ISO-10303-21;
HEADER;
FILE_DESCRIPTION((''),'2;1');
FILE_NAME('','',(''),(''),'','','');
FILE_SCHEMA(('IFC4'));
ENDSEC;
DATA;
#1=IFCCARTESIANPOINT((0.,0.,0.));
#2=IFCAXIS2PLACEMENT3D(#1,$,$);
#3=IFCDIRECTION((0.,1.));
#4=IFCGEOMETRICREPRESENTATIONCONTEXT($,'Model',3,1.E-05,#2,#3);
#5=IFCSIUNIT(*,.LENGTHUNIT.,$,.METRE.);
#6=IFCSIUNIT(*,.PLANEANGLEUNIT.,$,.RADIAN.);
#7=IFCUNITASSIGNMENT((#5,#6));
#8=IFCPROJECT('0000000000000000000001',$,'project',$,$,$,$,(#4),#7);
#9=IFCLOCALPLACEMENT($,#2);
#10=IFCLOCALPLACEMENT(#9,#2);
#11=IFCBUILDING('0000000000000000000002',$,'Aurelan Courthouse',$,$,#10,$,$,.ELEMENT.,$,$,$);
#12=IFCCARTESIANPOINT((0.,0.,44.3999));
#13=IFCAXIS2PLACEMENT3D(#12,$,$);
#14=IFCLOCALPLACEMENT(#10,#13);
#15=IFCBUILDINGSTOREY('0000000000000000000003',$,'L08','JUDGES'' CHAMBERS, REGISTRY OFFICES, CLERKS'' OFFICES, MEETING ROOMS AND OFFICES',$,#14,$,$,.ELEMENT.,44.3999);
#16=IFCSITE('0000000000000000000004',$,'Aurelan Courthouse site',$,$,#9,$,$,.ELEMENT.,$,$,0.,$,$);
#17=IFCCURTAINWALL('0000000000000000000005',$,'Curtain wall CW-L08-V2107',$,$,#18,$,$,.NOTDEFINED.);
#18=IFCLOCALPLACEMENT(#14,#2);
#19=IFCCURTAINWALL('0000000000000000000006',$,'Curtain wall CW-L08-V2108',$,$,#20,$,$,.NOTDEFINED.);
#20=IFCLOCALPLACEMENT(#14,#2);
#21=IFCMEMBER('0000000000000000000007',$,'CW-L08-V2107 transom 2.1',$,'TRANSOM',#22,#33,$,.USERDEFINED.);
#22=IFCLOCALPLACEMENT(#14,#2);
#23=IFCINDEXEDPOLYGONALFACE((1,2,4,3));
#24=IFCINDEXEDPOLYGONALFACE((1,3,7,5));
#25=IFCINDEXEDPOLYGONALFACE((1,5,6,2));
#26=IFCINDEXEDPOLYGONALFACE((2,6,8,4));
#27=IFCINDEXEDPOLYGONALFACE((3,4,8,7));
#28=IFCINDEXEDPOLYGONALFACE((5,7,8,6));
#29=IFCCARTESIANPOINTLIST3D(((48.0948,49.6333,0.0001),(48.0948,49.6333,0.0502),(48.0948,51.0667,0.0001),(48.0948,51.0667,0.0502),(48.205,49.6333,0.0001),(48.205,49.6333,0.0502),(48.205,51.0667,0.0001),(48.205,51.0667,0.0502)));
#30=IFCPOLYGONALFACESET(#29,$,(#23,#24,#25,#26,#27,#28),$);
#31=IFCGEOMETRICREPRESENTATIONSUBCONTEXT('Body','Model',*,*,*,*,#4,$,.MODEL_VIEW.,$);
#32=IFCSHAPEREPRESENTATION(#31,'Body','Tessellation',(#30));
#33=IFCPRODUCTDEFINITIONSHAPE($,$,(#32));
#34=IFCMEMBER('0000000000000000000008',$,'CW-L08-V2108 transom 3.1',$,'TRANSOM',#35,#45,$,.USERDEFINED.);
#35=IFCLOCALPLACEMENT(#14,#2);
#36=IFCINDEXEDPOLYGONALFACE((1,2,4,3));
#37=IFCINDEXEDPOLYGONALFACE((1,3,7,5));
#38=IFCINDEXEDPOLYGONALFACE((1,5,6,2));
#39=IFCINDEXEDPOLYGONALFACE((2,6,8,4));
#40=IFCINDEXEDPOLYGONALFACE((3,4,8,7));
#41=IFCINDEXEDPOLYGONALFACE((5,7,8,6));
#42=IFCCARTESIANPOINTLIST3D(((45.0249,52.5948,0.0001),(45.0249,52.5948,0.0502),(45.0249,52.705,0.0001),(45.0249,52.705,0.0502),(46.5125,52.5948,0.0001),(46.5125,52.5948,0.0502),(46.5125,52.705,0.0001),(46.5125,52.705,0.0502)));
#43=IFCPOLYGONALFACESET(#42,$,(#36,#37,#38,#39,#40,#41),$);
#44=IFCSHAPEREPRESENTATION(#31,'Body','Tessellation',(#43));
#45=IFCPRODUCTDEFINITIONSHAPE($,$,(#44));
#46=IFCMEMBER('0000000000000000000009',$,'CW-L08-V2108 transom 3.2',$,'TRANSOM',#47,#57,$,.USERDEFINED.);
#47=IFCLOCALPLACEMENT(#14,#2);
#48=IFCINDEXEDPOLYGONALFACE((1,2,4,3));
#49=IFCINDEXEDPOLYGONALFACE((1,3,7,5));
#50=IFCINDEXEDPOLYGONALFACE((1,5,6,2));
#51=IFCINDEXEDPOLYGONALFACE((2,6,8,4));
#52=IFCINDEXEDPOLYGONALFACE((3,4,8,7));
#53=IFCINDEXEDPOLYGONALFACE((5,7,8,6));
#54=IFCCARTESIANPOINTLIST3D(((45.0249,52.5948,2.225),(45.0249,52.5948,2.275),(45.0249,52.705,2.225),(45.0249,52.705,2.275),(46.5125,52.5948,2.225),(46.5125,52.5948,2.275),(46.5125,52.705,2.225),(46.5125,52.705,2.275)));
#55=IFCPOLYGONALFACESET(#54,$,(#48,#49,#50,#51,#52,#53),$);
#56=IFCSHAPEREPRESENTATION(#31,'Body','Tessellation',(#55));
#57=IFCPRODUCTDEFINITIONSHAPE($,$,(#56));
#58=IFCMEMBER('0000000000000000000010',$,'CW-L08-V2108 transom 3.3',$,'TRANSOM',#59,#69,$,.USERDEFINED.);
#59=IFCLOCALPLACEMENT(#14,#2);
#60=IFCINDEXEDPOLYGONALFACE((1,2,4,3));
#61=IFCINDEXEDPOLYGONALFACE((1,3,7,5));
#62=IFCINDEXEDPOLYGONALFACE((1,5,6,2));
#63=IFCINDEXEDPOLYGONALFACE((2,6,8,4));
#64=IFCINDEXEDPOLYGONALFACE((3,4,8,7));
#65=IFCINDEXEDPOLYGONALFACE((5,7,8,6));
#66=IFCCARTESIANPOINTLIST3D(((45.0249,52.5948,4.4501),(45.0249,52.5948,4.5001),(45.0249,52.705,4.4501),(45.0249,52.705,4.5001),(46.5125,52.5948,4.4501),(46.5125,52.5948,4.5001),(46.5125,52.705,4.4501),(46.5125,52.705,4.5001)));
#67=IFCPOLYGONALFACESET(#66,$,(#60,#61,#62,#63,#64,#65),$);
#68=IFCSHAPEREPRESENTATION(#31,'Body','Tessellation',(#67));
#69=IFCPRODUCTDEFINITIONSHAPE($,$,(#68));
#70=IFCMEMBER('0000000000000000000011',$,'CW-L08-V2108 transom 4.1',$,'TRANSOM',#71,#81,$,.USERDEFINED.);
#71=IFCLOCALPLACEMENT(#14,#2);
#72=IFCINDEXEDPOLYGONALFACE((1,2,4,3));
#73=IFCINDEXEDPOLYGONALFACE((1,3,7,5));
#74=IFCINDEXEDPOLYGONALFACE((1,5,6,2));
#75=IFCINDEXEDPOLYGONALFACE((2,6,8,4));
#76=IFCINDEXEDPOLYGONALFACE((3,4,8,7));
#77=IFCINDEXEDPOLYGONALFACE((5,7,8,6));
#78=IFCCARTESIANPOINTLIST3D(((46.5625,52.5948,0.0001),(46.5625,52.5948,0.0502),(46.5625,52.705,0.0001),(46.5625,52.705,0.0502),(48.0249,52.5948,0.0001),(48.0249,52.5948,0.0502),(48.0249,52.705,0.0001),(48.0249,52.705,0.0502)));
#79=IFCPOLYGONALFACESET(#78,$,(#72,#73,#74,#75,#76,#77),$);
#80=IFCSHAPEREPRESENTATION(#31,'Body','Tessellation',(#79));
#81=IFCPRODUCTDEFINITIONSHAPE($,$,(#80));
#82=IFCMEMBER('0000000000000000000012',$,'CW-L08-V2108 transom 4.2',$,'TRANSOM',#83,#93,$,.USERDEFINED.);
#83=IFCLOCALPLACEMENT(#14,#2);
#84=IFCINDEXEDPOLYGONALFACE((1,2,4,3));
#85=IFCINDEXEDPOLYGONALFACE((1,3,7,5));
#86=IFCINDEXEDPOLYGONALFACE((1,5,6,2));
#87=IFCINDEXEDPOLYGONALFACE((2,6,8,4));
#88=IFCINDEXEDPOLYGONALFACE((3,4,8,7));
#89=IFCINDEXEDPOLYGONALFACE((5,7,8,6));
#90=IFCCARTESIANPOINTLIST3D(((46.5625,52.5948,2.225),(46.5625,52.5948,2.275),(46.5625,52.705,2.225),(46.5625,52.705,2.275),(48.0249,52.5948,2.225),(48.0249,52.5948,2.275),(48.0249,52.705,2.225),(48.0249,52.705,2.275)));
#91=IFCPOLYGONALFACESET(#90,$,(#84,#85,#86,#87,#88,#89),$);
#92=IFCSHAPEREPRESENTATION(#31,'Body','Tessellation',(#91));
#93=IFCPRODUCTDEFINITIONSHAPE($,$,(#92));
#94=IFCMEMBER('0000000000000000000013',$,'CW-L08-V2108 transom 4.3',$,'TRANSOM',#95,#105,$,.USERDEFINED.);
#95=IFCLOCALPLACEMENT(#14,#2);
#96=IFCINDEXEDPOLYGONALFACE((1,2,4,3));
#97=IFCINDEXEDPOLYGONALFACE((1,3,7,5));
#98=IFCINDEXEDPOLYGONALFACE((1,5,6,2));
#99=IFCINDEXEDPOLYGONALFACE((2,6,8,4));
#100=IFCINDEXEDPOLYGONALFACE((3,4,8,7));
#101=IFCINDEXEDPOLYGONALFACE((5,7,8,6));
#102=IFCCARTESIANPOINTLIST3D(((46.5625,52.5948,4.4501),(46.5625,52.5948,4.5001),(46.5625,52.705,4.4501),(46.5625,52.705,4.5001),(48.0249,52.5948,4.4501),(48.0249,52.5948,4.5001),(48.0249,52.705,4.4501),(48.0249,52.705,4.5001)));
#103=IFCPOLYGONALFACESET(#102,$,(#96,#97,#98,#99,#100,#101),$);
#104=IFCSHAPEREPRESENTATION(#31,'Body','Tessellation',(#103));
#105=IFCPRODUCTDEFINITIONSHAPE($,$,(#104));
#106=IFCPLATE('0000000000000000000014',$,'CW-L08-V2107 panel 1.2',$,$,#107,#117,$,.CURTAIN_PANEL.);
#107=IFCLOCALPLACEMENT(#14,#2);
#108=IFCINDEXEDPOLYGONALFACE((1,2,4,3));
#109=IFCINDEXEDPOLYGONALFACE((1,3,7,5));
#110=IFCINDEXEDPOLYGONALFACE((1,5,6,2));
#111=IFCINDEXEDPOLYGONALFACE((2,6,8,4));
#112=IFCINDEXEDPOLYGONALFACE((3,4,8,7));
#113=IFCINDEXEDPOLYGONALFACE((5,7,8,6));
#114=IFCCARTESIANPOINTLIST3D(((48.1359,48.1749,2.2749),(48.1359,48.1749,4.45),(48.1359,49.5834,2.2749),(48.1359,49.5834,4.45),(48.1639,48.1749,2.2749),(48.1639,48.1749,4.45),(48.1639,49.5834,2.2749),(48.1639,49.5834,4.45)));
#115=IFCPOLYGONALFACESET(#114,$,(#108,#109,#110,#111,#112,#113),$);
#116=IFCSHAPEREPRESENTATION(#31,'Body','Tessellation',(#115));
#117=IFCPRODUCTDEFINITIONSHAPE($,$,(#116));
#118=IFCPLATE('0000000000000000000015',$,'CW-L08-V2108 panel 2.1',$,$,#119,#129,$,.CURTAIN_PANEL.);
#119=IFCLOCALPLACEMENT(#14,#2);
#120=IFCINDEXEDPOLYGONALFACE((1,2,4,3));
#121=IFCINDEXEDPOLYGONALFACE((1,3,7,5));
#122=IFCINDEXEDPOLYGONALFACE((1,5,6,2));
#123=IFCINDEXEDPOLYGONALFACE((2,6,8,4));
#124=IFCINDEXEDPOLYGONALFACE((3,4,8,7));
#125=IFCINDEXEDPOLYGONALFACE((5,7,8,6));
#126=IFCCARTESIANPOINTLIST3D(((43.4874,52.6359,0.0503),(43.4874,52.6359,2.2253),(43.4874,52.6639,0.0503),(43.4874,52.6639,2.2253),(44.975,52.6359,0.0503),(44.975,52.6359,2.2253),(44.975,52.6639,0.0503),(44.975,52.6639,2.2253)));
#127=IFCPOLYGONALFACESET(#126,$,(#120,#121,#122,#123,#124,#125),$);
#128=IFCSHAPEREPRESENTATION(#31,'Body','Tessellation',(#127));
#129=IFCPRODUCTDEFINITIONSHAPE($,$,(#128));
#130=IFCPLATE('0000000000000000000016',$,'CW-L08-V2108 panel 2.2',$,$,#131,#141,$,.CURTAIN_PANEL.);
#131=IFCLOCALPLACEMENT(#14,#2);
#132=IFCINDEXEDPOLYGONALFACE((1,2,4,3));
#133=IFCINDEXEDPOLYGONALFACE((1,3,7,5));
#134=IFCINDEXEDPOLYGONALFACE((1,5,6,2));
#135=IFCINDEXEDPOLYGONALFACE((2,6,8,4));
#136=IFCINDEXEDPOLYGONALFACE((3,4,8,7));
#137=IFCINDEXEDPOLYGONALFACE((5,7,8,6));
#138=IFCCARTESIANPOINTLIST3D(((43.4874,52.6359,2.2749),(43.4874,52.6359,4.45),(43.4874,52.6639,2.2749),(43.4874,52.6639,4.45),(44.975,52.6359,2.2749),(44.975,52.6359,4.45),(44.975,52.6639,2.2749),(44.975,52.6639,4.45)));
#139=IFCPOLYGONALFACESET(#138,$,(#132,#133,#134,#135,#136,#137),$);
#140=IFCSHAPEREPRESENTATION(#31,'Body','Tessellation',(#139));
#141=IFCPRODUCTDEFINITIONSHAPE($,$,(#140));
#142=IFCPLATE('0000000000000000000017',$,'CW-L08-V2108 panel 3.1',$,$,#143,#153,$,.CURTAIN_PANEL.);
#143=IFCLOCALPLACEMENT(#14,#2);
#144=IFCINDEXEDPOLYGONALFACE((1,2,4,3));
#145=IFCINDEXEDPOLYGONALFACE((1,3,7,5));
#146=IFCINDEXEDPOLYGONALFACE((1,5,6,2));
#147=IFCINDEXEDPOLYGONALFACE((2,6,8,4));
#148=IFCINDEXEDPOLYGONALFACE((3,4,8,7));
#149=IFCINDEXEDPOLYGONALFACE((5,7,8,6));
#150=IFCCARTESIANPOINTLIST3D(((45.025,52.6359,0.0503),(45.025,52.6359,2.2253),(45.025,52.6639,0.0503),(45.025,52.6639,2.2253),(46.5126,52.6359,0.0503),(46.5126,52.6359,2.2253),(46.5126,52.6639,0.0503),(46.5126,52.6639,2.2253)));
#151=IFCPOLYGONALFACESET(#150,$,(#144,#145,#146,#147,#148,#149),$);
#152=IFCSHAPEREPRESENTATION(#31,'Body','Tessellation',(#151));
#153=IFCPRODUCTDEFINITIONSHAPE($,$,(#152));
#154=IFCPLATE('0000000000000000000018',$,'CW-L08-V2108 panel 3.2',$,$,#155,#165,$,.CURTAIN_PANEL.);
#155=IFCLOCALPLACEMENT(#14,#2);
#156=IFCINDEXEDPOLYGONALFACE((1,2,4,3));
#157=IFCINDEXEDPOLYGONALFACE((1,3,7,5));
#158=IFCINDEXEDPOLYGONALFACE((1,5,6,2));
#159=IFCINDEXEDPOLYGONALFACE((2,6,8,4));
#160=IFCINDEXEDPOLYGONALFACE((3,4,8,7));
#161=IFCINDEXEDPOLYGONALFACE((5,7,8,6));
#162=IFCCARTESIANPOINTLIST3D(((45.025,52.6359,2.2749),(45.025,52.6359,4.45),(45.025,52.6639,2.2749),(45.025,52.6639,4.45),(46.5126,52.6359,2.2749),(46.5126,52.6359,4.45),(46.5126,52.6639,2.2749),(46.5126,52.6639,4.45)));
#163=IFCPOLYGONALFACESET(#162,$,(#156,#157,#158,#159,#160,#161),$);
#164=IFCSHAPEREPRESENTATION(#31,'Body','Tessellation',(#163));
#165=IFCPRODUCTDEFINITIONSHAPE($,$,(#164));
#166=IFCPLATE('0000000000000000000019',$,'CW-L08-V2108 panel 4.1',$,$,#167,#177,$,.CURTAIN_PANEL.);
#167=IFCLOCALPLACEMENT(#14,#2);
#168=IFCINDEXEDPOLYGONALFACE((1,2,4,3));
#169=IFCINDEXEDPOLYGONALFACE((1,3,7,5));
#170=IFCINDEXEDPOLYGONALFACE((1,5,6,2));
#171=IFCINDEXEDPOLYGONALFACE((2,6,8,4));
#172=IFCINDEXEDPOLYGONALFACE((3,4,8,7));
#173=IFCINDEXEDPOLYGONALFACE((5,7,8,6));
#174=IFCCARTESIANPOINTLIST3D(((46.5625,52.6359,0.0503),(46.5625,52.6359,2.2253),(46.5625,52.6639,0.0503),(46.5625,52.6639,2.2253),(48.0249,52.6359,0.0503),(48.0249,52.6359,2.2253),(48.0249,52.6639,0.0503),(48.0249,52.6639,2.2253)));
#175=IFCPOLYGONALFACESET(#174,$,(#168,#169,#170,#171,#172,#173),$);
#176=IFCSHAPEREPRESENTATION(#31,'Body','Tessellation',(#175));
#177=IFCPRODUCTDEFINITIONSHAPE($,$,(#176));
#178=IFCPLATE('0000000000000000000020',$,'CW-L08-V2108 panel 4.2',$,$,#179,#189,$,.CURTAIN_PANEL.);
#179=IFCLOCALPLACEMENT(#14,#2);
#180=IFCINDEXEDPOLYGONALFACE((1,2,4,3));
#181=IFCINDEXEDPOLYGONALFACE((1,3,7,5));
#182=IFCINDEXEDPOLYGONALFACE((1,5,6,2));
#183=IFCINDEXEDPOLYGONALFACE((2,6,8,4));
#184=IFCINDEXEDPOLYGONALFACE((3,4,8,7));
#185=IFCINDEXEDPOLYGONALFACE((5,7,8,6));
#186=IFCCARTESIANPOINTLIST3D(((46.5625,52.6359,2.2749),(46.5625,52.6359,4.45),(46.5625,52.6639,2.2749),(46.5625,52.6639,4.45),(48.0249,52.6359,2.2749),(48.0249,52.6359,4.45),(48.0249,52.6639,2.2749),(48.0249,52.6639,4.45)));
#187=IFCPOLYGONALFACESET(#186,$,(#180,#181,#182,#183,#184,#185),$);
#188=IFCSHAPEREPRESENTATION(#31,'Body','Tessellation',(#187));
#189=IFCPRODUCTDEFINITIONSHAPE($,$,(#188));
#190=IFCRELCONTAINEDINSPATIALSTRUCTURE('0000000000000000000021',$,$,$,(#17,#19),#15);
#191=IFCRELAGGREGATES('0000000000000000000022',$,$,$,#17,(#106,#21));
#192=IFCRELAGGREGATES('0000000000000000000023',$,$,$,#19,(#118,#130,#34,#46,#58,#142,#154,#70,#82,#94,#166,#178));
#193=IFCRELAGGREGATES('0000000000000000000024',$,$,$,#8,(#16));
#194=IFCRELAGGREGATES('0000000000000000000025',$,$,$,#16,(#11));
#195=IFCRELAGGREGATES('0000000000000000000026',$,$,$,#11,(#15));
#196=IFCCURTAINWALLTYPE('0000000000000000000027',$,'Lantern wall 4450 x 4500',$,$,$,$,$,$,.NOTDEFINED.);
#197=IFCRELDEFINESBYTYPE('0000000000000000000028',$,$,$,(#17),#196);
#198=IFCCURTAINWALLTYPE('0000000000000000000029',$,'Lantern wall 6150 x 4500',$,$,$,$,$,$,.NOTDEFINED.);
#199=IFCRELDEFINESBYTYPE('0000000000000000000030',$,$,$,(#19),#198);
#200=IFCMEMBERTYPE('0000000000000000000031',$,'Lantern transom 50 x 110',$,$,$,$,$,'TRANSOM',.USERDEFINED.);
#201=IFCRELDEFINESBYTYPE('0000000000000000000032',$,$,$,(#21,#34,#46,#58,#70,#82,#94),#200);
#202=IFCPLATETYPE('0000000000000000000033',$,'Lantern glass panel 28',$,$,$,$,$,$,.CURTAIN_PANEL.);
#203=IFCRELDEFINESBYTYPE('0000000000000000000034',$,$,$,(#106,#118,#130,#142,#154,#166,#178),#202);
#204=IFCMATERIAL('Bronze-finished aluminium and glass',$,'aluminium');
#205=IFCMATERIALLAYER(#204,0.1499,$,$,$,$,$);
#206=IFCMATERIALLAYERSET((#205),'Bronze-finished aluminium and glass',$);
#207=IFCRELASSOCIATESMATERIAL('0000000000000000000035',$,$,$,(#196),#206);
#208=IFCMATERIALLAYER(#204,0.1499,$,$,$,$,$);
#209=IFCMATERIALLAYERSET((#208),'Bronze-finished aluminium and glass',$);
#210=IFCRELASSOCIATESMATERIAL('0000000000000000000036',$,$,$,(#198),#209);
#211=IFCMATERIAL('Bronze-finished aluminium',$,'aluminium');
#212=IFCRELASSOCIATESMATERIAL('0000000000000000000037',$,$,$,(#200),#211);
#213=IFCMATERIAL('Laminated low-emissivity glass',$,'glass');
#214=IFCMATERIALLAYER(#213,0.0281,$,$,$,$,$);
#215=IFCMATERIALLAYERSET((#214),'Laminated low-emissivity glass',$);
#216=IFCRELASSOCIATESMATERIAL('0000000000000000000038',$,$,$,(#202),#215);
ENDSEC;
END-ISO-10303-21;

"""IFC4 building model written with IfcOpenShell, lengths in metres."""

from ifc_helpers import new_model, si_unit, direction, frame, origin, origin_2d, place, context, subcontext, project, spatial, rectangle, extrude, material, layer, layer_set, material_profile, profile_set, type_object, element, aggregate, save


model = new_model("IFC4")

# Units and contexts
model_context = context("Model", 3, precision=1e-05, world=origin(), true_north=direction((0.0, 1.0)))
body_context = subcontext(model_context, "Body", "Model", "MODEL_VIEW")
ifc_project = project(units=[si_unit("LENGTHUNIT", "METRE"), si_unit("PLANEANGLEUNIT", "RADIAN")], contexts=[model_context])

# Site, building, storey
site_placement = place(None, origin())
site = spatial("IfcSite", under=ifc_project, at=site_placement, Name="Aurelan Courthouse site", CompositionType="ELEMENT", RefElevation=0.0)
building_placement = place(site_placement, origin())
building = spatial("IfcBuilding", under=site, at=building_placement, Name="Aurelan Courthouse", CompositionType="ELEMENT")
storey_placement = place(building_placement, frame((0.0, 0.0, 44.3999)))
storey = spatial("IfcBuildingStorey", under=building, at=storey_placement, Name="L08", Description="JUDGES' CHAMBERS, REGISTRY OFFICES, CLERKS' OFFICES, MEETING ROOMS AND OFFICES", CompositionType="ELEMENT", Elevation=44.3999)

# Curtain wall
ifc_material_1 = material(Name="Bronze-finished aluminium and glass", Category="aluminium")
ifc_layer_1 = layer(ifc_material_1, 0.1499)
ifc_layer_set_1 = layer_set([ifc_layer_1], Name="Bronze-finished aluminium and glass")
curtain_wall_type_1 = type_object("IfcCurtainWallType", Name="Lantern wall 4450 x 4500", PredefinedType="NOTDEFINED", material=ifc_layer_set_1)
curtain_wall_1_placement = place(storey_placement, origin())
curtain_wall_1 = element("IfcCurtainWall", 1, at=curtain_wall_1_placement, inside=storey, type_object=curtain_wall_type_1, Name="Curtain wall CW-L08-V2107", PredefinedType="NOTDEFINED")
ifc_material_2 = material(Name="Bronze-finished aluminium", Category="aluminium")

# Curtain wall
ifc_layer_2 = layer(ifc_material_1, 0.1499)
ifc_layer_set_2 = layer_set([ifc_layer_2], Name="Bronze-finished aluminium and glass")
curtain_wall_type_2 = type_object("IfcCurtainWallType", Name="Lantern wall 6150 x 4500", PredefinedType="NOTDEFINED", material=ifc_layer_set_2)
curtain_wall_2_placement = place(storey_placement, origin())
curtain_wall_2 = element("IfcCurtainWall", 2, at=curtain_wall_2_placement, inside=storey, type_object=curtain_wall_type_2, Name="Curtain wall CW-L08-V2108", PredefinedType="NOTDEFINED")

# Members
ifc_material_profile_1 = material_profile(ifc_material_2, rectangle(XDim=0.1101, YDim=0.05, at=origin_2d()), Name="Lantern transom 50 x 110")
ifc_profile_set_1 = profile_set([ifc_material_profile_1], Name="Bronze-finished aluminium")
member_type_1 = type_object("IfcMemberType", Name="Lantern transom 50 x 110", ElementType="TRANSOM", PredefinedType="USERDEFINED", material=ifc_profile_set_1)
member_1_placement = place(storey_placement, frame((48.1499, 49.6333, 0.0251), z_axis=(0.0, 1.0, 0.0), x_axis=(-1.0, 0.0, 0.0)))
member_1 = element("IfcMember", 3, at=member_1_placement, type_object=member_type_1, Name="CW-L08-V2107 transom 2.1", ObjectType="TRANSOM", PredefinedType="USERDEFINED", context=body_context, shape_type="SweptSolid", body=[
    extrude(rectangle(XDim=0.1101, YDim=0.05, at=origin_2d()), origin(), (0.0, 0.0, 1.0), 1.4333),
])
member_2_placement = place(storey_placement, frame((45.0249, 52.6499, 0.0251), z_axis=(1.0, 0.0, 0.0), x_axis=(0.0, 1.0, 0.0)))
member_2 = element("IfcMember", 4, at=member_2_placement, type_object=member_type_1, Name="CW-L08-V2108 transom 3.1", ObjectType="TRANSOM", PredefinedType="USERDEFINED", context=body_context, shape_type="SweptSolid", body=[
    extrude(rectangle(XDim=0.1101, YDim=0.05, at=origin_2d()), origin(), (0.0, 0.0, 1.0), 1.4875),
])
member_3_placement = place(storey_placement, frame((45.0249, 52.6499, 2.25), z_axis=(1.0, 0.0, 0.0), x_axis=(0.0, 1.0, 0.0)))
member_3 = element("IfcMember", 5, at=member_3_placement, type_object=member_type_1, Name="CW-L08-V2108 transom 3.2", ObjectType="TRANSOM", PredefinedType="USERDEFINED", context=body_context, shape_type="SweptSolid", body=[
    extrude(rectangle(XDim=0.1101, YDim=0.05, at=origin_2d()), origin(), (0.0, 0.0, 1.0), 1.4875),
])
member_4_placement = place(storey_placement, frame((45.0249, 52.6499, 4.4751), z_axis=(1.0, 0.0, 0.0), x_axis=(0.0, 1.0, 0.0)))
member_4 = element("IfcMember", 6, at=member_4_placement, type_object=member_type_1, Name="CW-L08-V2108 transom 3.3", ObjectType="TRANSOM", PredefinedType="USERDEFINED", context=body_context, shape_type="SweptSolid", body=[
    extrude(rectangle(XDim=0.1101, YDim=0.05, at=origin_2d()), origin(), (0.0, 0.0, 1.0), 1.4875),
])
member_5_placement = place(storey_placement, frame((46.5625, 52.6499, 0.0251), z_axis=(1.0, 0.0, 0.0), x_axis=(0.0, 1.0, 0.0)))
member_5 = element("IfcMember", 7, at=member_5_placement, type_object=member_type_1, Name="CW-L08-V2108 transom 4.1", ObjectType="TRANSOM", PredefinedType="USERDEFINED", context=body_context, shape_type="SweptSolid", body=[
    extrude(rectangle(XDim=0.1101, YDim=0.05, at=origin_2d()), origin(), (0.0, 0.0, 1.0), 1.4624),
])
member_6_placement = place(storey_placement, frame((46.5625, 52.6499, 2.25), z_axis=(1.0, 0.0, 0.0), x_axis=(0.0, 1.0, 0.0)))
member_6 = element("IfcMember", 8, at=member_6_placement, type_object=member_type_1, Name="CW-L08-V2108 transom 4.2", ObjectType="TRANSOM", PredefinedType="USERDEFINED", context=body_context, shape_type="SweptSolid", body=[
    extrude(rectangle(XDim=0.1101, YDim=0.05, at=origin_2d()), origin(), (0.0, 0.0, 1.0), 1.4624),
])
member_7_placement = place(storey_placement, frame((46.5625, 52.6499, 4.4751), z_axis=(1.0, 0.0, 0.0), x_axis=(0.0, 1.0, 0.0)))
member_7 = element("IfcMember", 9, at=member_7_placement, type_object=member_type_1, Name="CW-L08-V2108 transom 4.3", ObjectType="TRANSOM", PredefinedType="USERDEFINED", context=body_context, shape_type="SweptSolid", body=[
    extrude(rectangle(XDim=0.1101, YDim=0.05, at=origin_2d()), origin(), (0.0, 0.0, 1.0), 1.4624),
])

# Plates
ifc_material_3 = material(Name="Laminated low-emissivity glass", Category="glass")
ifc_layer_3 = layer(ifc_material_3, 0.0281)
ifc_layer_set_3 = layer_set([ifc_layer_3], Name="Laminated low-emissivity glass")
plate_type_1 = type_object("IfcPlateType", Name="Lantern glass panel 28", PredefinedType="CURTAIN_PANEL", material=ifc_layer_set_3)
plate_1_placement = place(storey_placement, frame((48.1499, 48.8792, 2.2749), z_axis=(0.0, 0.0, 1.0), x_axis=(0.0, 1.0, 0.0)))
plate_1 = element("IfcPlate", 10, at=plate_1_placement, type_object=plate_type_1, Name="CW-L08-V2107 panel 1.2", PredefinedType="CURTAIN_PANEL", context=body_context, shape_type="SweptSolid", body=[
    extrude(rectangle(XDim=1.4084, YDim=0.0281, at=origin_2d()), origin(), (0.0, 0.0, 1.0), 2.175),
])
aggregate(curtain_wall_1, [plate_1, member_1])
plate_2_placement = place(storey_placement, frame((44.2312, 52.6499, 0.0503), z_axis=(0.0, 0.0, 1.0), x_axis=(1.0, 0.0, 0.0)))
plate_2 = element("IfcPlate", 11, at=plate_2_placement, type_object=plate_type_1, Name="CW-L08-V2108 panel 2.1", PredefinedType="CURTAIN_PANEL", context=body_context, shape_type="SweptSolid", body=[
    extrude(rectangle(XDim=1.4875, YDim=0.0281, at=origin_2d()), origin(), (0.0, 0.0, 1.0), 2.175),
])
plate_3_placement = place(storey_placement, frame((44.2312, 52.6499, 2.2749), z_axis=(0.0, 0.0, 1.0), x_axis=(1.0, 0.0, 0.0)))
plate_3 = element("IfcPlate", 12, at=plate_3_placement, type_object=plate_type_1, Name="CW-L08-V2108 panel 2.2", PredefinedType="CURTAIN_PANEL", context=body_context, shape_type="SweptSolid", body=[
    extrude(rectangle(XDim=1.4875, YDim=0.0281, at=origin_2d()), origin(), (0.0, 0.0, 1.0), 2.175),
])
plate_4_placement = place(storey_placement, frame((45.7688, 52.6499, 0.0503), z_axis=(0.0, 0.0, 1.0), x_axis=(1.0, 0.0, 0.0)))
plate_4 = element("IfcPlate", 13, at=plate_4_placement, type_object=plate_type_1, Name="CW-L08-V2108 panel 3.1", PredefinedType="CURTAIN_PANEL", context=body_context, shape_type="SweptSolid", body=[
    extrude(rectangle(XDim=1.4875, YDim=0.0281, at=origin_2d()), origin(), (0.0, 0.0, 1.0), 2.175),
])
plate_5_placement = place(storey_placement, frame((45.7688, 52.6499, 2.2749), z_axis=(0.0, 0.0, 1.0), x_axis=(1.0, 0.0, 0.0)))
plate_5 = element("IfcPlate", 14, at=plate_5_placement, type_object=plate_type_1, Name="CW-L08-V2108 panel 3.2", PredefinedType="CURTAIN_PANEL", context=body_context, shape_type="SweptSolid", body=[
    extrude(rectangle(XDim=1.4875, YDim=0.0281, at=origin_2d()), origin(), (0.0, 0.0, 1.0), 2.175),
])
plate_6_placement = place(storey_placement, frame((47.2937, 52.6499, 0.0503), z_axis=(0.0, 0.0, 1.0), x_axis=(1.0, 0.0, 0.0)))
plate_6 = element("IfcPlate", 15, at=plate_6_placement, type_object=plate_type_1, Name="CW-L08-V2108 panel 4.1", PredefinedType="CURTAIN_PANEL", context=body_context, shape_type="SweptSolid", body=[
    extrude(rectangle(XDim=1.4624, YDim=0.0281, at=origin_2d()), origin(), (0.0, 0.0, 1.0), 2.175),
])
plate_7_placement = place(storey_placement, frame((47.2937, 52.6499, 2.2749), z_axis=(0.0, 0.0, 1.0), x_axis=(1.0, 0.0, 0.0)))
plate_7 = element("IfcPlate", 16, at=plate_7_placement, type_object=plate_type_1, Name="CW-L08-V2108 panel 4.2", PredefinedType="CURTAIN_PANEL", context=body_context, shape_type="SweptSolid", body=[
    extrude(rectangle(XDim=1.4624, YDim=0.0281, at=origin_2d()), origin(), (0.0, 0.0, 1.0), 2.175),
])
aggregate(curtain_wall_2, [plate_2, plate_3, member_2, member_3, member_4, plate_4, plate_5, member_5, member_6, member_7, plate_6, plate_7])

save(model, "model.ifc")
